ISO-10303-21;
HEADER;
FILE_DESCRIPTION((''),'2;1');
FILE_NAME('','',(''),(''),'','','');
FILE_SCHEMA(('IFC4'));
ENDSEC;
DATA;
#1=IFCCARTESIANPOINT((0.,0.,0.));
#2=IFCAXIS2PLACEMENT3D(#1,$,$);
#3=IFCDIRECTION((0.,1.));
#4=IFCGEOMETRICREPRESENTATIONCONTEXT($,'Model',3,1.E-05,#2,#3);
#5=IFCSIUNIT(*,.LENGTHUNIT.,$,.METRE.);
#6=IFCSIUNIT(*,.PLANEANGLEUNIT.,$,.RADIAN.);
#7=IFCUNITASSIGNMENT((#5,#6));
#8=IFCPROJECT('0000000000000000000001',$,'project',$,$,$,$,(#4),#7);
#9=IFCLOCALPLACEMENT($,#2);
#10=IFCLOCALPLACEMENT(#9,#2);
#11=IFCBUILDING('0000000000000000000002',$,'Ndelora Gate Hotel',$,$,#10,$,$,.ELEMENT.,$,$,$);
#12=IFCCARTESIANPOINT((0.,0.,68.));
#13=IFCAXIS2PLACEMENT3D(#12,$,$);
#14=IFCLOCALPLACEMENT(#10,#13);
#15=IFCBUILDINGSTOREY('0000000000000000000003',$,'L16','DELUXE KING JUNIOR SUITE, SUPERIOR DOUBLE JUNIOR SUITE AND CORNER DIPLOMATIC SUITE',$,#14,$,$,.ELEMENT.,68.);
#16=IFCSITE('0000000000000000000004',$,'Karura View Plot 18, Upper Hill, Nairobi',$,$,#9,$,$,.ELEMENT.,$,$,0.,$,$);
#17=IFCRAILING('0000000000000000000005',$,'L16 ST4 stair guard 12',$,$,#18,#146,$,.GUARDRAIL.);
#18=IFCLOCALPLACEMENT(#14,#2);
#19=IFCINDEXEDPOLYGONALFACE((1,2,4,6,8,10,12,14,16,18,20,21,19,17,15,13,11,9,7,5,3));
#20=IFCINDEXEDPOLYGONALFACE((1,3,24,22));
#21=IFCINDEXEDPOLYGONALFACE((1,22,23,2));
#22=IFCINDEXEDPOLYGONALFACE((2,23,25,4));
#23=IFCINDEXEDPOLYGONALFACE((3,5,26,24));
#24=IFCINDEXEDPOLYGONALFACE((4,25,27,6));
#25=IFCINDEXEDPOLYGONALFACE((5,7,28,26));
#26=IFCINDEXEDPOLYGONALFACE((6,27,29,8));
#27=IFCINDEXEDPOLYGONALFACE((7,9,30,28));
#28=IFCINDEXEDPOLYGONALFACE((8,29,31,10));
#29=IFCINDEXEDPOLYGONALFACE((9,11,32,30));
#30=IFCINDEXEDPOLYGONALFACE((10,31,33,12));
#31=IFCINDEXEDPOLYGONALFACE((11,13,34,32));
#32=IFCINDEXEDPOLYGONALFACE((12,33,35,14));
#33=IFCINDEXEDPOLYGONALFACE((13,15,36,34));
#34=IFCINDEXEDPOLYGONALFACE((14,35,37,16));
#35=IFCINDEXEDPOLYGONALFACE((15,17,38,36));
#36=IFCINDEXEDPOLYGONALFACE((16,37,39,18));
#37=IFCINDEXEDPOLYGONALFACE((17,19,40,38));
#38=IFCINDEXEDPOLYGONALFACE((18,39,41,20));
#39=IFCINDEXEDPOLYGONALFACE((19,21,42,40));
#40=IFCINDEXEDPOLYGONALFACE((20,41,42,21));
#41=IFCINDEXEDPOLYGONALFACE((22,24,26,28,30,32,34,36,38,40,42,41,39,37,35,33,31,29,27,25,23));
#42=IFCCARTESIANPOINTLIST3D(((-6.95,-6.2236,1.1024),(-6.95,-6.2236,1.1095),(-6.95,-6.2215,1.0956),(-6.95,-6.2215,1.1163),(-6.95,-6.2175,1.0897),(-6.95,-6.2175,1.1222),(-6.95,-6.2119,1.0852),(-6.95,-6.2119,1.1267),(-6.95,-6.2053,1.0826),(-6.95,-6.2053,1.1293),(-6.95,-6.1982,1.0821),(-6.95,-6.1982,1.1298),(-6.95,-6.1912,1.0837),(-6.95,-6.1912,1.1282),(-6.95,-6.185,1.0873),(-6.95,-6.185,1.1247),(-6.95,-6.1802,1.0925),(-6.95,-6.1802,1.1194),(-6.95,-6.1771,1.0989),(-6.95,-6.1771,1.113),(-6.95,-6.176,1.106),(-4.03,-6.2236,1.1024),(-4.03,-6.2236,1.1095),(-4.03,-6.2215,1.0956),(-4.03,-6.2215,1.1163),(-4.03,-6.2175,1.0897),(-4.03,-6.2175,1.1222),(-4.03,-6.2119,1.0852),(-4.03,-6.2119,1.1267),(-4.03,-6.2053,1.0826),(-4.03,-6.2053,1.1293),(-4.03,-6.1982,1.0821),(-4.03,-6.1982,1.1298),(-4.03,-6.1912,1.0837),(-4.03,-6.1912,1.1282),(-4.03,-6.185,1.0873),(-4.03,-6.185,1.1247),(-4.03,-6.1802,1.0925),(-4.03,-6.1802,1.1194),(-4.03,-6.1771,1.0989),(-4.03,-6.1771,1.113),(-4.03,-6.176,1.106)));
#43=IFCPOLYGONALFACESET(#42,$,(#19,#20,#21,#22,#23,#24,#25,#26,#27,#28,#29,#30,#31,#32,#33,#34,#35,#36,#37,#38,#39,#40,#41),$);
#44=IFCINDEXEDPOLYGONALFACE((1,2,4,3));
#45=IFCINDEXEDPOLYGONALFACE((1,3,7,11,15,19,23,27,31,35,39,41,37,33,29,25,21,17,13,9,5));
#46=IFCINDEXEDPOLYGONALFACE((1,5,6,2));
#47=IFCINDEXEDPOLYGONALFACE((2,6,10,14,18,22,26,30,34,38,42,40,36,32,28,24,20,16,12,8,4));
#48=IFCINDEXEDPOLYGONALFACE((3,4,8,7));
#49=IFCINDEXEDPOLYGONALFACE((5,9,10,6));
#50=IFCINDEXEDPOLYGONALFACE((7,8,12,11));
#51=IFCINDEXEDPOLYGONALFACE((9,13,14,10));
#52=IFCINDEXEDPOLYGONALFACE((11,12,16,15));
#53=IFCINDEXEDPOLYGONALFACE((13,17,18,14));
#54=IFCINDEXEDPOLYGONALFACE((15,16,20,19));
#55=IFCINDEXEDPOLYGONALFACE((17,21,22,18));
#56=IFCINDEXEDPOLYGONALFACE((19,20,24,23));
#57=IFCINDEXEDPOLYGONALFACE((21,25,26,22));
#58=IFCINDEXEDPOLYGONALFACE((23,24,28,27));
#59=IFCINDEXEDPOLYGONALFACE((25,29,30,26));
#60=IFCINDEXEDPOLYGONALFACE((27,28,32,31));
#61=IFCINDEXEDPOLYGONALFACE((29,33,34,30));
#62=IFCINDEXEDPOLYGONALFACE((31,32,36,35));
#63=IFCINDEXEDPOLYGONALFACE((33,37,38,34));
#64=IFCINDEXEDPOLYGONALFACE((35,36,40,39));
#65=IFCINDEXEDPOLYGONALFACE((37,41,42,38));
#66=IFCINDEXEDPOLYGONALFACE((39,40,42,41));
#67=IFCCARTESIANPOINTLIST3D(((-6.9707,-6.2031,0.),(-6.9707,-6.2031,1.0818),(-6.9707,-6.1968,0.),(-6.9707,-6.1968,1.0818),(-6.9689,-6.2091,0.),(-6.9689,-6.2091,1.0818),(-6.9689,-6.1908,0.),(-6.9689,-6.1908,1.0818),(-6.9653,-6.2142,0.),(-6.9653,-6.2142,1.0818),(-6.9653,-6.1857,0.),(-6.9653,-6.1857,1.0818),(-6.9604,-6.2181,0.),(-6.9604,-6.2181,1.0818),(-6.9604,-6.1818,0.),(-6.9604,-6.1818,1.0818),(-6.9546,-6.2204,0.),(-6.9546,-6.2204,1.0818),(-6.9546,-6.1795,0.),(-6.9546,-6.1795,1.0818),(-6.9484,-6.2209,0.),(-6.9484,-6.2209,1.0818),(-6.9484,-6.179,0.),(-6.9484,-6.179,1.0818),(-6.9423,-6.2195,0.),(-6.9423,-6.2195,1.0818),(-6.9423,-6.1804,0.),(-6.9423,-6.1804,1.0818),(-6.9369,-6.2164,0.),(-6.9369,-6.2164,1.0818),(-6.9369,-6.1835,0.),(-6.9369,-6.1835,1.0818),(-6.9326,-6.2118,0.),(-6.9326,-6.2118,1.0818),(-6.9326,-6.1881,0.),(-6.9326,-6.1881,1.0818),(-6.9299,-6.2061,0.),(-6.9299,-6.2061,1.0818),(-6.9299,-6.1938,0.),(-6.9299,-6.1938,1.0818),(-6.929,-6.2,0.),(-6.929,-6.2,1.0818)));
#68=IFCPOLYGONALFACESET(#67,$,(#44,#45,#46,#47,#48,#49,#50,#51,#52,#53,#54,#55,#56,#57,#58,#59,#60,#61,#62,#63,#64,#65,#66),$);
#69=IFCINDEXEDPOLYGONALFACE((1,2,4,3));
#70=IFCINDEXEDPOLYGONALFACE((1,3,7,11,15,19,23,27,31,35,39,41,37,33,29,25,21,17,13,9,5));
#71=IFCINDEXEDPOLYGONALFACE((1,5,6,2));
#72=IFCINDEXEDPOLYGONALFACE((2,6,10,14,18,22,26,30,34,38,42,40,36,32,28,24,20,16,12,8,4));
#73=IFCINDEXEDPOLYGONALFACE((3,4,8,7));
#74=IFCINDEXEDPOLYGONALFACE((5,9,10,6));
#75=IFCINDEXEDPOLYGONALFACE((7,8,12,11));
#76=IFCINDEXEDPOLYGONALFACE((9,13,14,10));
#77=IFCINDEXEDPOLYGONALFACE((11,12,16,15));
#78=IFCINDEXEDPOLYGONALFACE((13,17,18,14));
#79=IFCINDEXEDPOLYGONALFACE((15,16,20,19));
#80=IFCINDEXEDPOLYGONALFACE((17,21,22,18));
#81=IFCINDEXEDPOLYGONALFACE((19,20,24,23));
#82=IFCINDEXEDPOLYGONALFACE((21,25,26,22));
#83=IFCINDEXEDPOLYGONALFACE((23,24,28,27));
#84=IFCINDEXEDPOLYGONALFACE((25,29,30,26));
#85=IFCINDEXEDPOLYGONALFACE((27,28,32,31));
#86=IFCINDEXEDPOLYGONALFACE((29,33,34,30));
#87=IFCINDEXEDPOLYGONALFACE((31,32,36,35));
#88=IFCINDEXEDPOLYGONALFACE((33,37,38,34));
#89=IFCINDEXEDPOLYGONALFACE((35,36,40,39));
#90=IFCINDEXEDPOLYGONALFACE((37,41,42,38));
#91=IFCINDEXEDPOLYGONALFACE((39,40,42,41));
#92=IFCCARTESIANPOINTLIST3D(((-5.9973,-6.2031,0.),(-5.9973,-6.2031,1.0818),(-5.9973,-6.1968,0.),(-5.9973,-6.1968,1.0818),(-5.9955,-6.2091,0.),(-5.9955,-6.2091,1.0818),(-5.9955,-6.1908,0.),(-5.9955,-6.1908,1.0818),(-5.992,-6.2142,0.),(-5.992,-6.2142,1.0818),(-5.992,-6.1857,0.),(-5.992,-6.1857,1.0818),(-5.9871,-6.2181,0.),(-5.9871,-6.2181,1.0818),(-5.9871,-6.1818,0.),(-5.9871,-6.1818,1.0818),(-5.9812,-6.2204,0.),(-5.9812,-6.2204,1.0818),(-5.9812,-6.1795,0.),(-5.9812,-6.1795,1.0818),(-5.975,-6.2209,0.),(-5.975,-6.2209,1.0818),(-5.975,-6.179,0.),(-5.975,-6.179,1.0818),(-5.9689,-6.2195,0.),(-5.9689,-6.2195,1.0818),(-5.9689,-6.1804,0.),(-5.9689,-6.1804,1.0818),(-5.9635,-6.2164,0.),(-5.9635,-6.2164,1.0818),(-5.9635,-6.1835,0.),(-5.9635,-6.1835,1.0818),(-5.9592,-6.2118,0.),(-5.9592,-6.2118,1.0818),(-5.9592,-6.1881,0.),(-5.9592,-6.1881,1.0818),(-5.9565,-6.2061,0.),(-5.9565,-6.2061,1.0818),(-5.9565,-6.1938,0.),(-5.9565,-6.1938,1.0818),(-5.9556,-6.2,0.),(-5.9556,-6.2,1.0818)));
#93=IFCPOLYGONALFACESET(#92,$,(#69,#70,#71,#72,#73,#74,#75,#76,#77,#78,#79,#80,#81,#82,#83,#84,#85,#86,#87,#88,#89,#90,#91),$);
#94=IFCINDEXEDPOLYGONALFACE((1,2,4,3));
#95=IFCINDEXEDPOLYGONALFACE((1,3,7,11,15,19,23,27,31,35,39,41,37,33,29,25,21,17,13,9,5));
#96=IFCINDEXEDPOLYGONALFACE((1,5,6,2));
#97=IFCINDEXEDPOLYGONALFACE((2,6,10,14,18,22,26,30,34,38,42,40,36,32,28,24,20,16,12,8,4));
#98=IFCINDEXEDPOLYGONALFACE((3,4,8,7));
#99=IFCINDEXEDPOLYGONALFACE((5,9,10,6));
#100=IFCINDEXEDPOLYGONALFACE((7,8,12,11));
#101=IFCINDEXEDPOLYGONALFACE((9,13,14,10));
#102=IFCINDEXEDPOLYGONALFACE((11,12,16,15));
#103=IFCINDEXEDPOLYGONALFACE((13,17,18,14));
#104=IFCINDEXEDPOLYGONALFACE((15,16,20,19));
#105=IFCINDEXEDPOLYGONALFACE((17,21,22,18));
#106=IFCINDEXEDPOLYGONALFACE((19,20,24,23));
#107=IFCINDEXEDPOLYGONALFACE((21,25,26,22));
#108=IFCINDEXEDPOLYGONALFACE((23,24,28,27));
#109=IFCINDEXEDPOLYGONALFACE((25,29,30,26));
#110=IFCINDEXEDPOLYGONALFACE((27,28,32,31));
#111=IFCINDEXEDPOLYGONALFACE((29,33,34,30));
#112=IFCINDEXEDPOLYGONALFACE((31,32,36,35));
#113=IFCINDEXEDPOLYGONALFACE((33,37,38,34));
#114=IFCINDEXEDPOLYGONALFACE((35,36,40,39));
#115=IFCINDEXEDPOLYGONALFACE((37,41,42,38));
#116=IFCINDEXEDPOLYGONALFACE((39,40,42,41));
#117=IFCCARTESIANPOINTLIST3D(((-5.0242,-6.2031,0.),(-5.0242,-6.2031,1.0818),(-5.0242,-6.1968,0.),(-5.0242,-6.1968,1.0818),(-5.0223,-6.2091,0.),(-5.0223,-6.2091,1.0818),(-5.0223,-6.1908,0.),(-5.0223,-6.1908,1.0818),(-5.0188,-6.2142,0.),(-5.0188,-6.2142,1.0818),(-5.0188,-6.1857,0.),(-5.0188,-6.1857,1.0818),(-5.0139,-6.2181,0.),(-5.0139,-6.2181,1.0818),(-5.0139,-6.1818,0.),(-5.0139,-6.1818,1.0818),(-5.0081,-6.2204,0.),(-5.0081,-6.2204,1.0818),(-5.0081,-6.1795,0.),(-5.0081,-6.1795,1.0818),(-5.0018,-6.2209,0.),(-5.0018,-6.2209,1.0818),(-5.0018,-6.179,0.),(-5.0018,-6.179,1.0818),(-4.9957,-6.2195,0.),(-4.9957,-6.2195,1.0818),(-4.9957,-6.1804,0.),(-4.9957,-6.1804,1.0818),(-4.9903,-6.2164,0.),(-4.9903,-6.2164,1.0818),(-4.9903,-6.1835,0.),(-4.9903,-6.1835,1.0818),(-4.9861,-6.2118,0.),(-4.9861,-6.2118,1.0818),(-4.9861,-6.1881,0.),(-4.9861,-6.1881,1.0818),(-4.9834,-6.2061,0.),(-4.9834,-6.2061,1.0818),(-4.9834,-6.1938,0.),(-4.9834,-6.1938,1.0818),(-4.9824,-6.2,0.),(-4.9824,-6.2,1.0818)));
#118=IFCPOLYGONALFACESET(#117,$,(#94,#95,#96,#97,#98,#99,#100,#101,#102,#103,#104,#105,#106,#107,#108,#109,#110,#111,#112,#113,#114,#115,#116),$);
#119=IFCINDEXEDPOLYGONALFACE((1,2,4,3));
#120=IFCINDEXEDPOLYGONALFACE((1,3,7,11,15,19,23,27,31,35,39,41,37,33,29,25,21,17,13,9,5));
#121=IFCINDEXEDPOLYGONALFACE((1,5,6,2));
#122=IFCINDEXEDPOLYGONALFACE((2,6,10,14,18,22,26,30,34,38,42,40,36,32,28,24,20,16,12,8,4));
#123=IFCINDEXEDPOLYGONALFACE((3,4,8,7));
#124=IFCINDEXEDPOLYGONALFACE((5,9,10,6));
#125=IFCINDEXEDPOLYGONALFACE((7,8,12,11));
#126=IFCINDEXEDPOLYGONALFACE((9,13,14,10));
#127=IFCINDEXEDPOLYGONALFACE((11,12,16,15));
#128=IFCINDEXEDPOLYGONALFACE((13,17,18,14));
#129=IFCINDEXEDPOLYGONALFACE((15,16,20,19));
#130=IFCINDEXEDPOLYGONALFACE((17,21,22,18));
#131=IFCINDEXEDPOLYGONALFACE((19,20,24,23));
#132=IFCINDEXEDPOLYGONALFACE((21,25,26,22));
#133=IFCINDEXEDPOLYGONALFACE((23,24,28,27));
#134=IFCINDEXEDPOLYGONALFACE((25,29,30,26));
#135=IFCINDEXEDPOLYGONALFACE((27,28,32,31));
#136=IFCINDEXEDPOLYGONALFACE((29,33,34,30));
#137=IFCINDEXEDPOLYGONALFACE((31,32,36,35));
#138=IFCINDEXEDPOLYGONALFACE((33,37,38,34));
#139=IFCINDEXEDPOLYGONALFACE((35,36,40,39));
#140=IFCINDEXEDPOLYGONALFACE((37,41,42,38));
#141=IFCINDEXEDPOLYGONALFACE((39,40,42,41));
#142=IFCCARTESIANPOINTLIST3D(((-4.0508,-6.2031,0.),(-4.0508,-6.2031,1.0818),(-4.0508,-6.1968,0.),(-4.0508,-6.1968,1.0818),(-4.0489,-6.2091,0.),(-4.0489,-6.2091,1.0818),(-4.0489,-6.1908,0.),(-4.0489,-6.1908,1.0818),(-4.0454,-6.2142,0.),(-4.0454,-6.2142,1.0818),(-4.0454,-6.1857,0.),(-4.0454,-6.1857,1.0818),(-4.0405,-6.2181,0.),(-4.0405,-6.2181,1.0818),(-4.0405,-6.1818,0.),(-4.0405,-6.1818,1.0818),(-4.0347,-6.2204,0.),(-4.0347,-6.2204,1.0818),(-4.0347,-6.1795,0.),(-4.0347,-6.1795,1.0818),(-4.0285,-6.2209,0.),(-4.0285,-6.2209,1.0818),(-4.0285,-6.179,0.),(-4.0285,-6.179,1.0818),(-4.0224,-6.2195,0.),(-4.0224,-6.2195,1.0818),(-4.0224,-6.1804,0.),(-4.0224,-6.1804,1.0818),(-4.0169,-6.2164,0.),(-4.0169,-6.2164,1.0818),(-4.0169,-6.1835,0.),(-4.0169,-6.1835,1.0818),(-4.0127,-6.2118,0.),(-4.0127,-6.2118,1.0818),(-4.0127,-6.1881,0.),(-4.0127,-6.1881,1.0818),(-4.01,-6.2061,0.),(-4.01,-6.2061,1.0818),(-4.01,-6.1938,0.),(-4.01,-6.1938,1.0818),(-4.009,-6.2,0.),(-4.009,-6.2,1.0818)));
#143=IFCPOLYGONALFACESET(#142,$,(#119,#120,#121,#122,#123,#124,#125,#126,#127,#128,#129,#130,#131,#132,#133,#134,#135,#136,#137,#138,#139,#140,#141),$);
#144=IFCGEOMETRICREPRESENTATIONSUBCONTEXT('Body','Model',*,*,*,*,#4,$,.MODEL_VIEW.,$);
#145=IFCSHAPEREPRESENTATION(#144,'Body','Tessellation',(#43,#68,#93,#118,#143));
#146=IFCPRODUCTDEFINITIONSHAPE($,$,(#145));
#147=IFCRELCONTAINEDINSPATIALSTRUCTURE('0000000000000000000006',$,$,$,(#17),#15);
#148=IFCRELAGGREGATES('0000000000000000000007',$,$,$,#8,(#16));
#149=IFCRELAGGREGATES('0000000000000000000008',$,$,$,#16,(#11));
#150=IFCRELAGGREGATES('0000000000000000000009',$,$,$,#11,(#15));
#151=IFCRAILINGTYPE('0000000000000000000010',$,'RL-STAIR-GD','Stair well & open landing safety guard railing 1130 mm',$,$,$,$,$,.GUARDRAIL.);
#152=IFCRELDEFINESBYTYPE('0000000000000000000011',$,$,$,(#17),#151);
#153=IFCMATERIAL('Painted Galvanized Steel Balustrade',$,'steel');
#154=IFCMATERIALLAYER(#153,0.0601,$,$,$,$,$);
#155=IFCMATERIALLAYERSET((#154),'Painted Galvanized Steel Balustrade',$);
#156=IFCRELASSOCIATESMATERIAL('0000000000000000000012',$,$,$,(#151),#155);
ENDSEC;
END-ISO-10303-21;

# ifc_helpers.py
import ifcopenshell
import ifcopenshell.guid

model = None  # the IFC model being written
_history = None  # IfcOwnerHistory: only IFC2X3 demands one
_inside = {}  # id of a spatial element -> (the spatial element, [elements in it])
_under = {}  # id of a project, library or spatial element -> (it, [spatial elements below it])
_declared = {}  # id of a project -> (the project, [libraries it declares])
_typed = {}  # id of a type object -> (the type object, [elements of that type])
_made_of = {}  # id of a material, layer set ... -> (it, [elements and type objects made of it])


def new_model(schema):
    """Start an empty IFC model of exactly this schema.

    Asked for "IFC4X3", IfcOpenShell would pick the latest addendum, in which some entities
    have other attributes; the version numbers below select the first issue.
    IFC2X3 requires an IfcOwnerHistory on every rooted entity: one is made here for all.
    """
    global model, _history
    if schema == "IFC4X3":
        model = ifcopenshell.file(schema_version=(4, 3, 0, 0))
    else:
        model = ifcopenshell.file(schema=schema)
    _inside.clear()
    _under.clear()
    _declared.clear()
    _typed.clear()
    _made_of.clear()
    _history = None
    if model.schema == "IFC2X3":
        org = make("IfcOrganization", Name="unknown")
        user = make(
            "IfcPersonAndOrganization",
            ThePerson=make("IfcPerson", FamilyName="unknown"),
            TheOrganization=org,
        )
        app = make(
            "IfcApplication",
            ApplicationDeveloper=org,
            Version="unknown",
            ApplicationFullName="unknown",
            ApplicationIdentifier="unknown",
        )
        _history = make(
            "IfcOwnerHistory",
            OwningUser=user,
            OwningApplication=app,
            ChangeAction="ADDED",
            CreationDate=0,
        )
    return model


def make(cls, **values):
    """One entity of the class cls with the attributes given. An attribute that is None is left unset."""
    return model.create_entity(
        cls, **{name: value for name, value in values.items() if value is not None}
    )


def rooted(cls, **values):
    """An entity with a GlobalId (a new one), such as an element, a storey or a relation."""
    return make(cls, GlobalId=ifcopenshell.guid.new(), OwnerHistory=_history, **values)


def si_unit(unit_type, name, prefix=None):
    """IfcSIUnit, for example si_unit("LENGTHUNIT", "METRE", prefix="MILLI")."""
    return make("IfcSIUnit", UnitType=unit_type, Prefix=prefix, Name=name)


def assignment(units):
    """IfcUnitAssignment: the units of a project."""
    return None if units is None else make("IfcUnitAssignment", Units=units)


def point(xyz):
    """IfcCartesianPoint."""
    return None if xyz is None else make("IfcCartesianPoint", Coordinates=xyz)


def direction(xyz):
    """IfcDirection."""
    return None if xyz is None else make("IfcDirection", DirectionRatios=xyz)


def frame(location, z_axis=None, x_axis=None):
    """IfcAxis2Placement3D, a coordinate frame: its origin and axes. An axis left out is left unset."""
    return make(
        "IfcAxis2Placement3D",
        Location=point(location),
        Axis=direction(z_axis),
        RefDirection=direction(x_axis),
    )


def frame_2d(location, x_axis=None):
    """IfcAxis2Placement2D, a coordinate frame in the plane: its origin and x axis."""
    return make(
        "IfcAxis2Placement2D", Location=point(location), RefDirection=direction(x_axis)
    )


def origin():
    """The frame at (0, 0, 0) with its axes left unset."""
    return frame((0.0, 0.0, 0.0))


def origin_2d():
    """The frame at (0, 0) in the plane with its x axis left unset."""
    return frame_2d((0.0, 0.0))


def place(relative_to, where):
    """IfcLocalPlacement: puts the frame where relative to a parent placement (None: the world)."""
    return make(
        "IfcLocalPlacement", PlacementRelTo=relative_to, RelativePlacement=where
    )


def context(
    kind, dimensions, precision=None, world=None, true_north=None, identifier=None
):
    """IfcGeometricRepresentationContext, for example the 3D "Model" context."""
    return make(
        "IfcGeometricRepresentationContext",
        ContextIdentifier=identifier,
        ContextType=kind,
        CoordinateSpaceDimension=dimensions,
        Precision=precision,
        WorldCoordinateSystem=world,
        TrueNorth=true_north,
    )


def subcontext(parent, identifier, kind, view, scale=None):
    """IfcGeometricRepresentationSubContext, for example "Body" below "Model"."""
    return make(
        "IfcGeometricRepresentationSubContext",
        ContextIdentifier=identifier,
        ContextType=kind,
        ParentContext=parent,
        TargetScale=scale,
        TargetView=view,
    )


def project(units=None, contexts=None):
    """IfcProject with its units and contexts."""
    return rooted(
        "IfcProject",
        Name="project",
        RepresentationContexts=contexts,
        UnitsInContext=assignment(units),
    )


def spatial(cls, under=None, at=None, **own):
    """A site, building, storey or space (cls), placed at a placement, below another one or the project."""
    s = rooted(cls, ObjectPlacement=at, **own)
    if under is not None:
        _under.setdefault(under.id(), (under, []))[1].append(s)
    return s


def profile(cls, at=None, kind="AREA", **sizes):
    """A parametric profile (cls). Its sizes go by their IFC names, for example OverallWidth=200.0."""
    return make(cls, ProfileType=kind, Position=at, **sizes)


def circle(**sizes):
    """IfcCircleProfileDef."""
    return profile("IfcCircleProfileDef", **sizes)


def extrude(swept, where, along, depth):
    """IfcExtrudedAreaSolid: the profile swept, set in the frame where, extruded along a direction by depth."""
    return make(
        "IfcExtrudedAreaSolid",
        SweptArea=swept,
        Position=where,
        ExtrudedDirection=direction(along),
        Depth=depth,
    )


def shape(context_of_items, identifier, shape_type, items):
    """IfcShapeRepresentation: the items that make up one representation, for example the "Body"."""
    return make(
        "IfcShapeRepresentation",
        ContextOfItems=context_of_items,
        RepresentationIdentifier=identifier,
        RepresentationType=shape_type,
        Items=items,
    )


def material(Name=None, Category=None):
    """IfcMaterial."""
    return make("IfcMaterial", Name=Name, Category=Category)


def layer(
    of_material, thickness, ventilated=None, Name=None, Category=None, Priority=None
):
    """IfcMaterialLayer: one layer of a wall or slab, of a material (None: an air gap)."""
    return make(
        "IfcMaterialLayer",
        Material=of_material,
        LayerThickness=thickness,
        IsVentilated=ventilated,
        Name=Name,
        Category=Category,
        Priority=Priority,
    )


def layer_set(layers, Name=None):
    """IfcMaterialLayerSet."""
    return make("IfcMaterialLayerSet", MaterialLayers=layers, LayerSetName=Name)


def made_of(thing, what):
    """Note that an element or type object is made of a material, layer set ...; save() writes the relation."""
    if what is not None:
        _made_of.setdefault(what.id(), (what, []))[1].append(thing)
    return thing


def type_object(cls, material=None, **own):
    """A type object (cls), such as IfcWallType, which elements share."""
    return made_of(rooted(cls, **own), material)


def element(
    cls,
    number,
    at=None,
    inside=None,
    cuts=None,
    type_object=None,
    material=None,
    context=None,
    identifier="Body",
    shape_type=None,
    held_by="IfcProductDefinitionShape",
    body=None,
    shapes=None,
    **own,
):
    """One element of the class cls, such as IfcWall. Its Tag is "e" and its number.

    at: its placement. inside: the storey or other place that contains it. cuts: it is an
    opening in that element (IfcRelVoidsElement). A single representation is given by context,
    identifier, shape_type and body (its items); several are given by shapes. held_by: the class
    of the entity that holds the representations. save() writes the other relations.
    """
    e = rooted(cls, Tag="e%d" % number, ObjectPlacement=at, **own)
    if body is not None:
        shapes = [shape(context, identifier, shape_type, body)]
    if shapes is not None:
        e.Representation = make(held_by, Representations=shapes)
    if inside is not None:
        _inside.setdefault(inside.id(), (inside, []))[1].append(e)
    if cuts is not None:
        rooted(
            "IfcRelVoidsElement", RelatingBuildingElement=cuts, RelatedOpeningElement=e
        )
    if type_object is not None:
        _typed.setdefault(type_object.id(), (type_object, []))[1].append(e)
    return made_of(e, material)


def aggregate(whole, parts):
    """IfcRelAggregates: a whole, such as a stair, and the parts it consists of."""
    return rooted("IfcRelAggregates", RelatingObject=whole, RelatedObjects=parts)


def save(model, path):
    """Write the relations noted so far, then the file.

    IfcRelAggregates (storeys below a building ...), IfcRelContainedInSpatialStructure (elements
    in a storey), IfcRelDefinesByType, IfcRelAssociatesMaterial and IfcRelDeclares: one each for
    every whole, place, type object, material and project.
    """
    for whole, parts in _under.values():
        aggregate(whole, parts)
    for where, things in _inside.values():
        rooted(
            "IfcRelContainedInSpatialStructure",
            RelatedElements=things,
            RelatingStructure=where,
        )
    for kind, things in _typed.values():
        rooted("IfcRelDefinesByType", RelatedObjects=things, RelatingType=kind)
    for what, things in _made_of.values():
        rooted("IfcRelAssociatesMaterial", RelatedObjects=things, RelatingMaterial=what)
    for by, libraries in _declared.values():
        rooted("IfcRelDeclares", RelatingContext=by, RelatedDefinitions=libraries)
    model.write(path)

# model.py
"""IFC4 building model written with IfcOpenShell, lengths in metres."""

from ifc_helpers import new_model, si_unit, direction, frame, origin, origin_2d, place, context, subcontext, project, spatial, circle, extrude, material, layer, layer_set, type_object, element, save


model = new_model("IFC4")

# Units and contexts
model_context = context("Model", 3, precision=1e-05, world=origin(), true_north=direction((0.0, 1.0)))
body_context = subcontext(model_context, "Body", "Model", "MODEL_VIEW")
ifc_project = project(units=[si_unit("LENGTHUNIT", "METRE"), si_unit("PLANEANGLEUNIT", "RADIAN")], contexts=[model_context])

# Site, building, storey
site_placement = place(None, origin())
site = spatial("IfcSite", under=ifc_project, at=site_placement, Name="Karura View Plot 18, Upper Hill, Nairobi", CompositionType="ELEMENT", RefElevation=0.0)
building_placement = place(site_placement, origin())
building = spatial("IfcBuilding", under=site, at=building_placement, Name="Ndelora Gate Hotel", CompositionType="ELEMENT")
storey_placement = place(building_placement, frame((0.0, 0.0, 68.0)))
storey = spatial("IfcBuildingStorey", under=building, at=storey_placement, Name="L16", Description="DELUXE KING JUNIOR SUITE, SUPERIOR DOUBLE JUNIOR SUITE AND CORNER DIPLOMATIC SUITE", CompositionType="ELEMENT", Elevation=68.0)

# Railing
ifc_material_1 = material(Name="Painted Galvanized Steel Balustrade", Category="steel")
ifc_layer_1 = layer(ifc_material_1, 0.0601)
ifc_layer_set_1 = layer_set([ifc_layer_1], Name="Painted Galvanized Steel Balustrade")
railing_type_1 = type_object("IfcRailingType", Name="RL-STAIR-GD", Description="Stair well & open landing safety guard railing 1130 mm", PredefinedType="GUARDRAIL", material=ifc_layer_set_1)
railing_1_placement = place(storey_placement, frame((-6.95, -6.2, 0.0)))
element("IfcRailing", 1, at=railing_1_placement, inside=storey, type_object=railing_type_1, Name="L16 ST4 stair guard 12", PredefinedType="GUARDRAIL", context=body_context, shape_type="SweptSolid", body=[
    extrude(circle(Radius=0.0239, at=origin_2d()), frame((0.0, 0.0, 1.106), z_axis=(1.0, 0.0, 0.0), x_axis=(0.0, 1.0, 0.0)), (0.0, 0.0, 1.0), 2.9199),
    extrude(circle(Radius=0.021, at=origin_2d()), origin(), (0.0, 0.0, 1.0), 1.0818),
    extrude(circle(Radius=0.021, at=origin_2d()), frame((0.9734, 0.0, 0.0)), (0.0, 0.0, 1.0), 1.0818),
    extrude(circle(Radius=0.021, at=origin_2d()), frame((1.9465, 0.0, 0.0)), (0.0, 0.0, 1.0), 1.0818),
    extrude(circle(Radius=0.021, at=origin_2d()), frame((2.9199, 0.0, 0.0)), (0.0, 0.0, 1.0), 1.0818),
])

save(model, "model.ifc")
